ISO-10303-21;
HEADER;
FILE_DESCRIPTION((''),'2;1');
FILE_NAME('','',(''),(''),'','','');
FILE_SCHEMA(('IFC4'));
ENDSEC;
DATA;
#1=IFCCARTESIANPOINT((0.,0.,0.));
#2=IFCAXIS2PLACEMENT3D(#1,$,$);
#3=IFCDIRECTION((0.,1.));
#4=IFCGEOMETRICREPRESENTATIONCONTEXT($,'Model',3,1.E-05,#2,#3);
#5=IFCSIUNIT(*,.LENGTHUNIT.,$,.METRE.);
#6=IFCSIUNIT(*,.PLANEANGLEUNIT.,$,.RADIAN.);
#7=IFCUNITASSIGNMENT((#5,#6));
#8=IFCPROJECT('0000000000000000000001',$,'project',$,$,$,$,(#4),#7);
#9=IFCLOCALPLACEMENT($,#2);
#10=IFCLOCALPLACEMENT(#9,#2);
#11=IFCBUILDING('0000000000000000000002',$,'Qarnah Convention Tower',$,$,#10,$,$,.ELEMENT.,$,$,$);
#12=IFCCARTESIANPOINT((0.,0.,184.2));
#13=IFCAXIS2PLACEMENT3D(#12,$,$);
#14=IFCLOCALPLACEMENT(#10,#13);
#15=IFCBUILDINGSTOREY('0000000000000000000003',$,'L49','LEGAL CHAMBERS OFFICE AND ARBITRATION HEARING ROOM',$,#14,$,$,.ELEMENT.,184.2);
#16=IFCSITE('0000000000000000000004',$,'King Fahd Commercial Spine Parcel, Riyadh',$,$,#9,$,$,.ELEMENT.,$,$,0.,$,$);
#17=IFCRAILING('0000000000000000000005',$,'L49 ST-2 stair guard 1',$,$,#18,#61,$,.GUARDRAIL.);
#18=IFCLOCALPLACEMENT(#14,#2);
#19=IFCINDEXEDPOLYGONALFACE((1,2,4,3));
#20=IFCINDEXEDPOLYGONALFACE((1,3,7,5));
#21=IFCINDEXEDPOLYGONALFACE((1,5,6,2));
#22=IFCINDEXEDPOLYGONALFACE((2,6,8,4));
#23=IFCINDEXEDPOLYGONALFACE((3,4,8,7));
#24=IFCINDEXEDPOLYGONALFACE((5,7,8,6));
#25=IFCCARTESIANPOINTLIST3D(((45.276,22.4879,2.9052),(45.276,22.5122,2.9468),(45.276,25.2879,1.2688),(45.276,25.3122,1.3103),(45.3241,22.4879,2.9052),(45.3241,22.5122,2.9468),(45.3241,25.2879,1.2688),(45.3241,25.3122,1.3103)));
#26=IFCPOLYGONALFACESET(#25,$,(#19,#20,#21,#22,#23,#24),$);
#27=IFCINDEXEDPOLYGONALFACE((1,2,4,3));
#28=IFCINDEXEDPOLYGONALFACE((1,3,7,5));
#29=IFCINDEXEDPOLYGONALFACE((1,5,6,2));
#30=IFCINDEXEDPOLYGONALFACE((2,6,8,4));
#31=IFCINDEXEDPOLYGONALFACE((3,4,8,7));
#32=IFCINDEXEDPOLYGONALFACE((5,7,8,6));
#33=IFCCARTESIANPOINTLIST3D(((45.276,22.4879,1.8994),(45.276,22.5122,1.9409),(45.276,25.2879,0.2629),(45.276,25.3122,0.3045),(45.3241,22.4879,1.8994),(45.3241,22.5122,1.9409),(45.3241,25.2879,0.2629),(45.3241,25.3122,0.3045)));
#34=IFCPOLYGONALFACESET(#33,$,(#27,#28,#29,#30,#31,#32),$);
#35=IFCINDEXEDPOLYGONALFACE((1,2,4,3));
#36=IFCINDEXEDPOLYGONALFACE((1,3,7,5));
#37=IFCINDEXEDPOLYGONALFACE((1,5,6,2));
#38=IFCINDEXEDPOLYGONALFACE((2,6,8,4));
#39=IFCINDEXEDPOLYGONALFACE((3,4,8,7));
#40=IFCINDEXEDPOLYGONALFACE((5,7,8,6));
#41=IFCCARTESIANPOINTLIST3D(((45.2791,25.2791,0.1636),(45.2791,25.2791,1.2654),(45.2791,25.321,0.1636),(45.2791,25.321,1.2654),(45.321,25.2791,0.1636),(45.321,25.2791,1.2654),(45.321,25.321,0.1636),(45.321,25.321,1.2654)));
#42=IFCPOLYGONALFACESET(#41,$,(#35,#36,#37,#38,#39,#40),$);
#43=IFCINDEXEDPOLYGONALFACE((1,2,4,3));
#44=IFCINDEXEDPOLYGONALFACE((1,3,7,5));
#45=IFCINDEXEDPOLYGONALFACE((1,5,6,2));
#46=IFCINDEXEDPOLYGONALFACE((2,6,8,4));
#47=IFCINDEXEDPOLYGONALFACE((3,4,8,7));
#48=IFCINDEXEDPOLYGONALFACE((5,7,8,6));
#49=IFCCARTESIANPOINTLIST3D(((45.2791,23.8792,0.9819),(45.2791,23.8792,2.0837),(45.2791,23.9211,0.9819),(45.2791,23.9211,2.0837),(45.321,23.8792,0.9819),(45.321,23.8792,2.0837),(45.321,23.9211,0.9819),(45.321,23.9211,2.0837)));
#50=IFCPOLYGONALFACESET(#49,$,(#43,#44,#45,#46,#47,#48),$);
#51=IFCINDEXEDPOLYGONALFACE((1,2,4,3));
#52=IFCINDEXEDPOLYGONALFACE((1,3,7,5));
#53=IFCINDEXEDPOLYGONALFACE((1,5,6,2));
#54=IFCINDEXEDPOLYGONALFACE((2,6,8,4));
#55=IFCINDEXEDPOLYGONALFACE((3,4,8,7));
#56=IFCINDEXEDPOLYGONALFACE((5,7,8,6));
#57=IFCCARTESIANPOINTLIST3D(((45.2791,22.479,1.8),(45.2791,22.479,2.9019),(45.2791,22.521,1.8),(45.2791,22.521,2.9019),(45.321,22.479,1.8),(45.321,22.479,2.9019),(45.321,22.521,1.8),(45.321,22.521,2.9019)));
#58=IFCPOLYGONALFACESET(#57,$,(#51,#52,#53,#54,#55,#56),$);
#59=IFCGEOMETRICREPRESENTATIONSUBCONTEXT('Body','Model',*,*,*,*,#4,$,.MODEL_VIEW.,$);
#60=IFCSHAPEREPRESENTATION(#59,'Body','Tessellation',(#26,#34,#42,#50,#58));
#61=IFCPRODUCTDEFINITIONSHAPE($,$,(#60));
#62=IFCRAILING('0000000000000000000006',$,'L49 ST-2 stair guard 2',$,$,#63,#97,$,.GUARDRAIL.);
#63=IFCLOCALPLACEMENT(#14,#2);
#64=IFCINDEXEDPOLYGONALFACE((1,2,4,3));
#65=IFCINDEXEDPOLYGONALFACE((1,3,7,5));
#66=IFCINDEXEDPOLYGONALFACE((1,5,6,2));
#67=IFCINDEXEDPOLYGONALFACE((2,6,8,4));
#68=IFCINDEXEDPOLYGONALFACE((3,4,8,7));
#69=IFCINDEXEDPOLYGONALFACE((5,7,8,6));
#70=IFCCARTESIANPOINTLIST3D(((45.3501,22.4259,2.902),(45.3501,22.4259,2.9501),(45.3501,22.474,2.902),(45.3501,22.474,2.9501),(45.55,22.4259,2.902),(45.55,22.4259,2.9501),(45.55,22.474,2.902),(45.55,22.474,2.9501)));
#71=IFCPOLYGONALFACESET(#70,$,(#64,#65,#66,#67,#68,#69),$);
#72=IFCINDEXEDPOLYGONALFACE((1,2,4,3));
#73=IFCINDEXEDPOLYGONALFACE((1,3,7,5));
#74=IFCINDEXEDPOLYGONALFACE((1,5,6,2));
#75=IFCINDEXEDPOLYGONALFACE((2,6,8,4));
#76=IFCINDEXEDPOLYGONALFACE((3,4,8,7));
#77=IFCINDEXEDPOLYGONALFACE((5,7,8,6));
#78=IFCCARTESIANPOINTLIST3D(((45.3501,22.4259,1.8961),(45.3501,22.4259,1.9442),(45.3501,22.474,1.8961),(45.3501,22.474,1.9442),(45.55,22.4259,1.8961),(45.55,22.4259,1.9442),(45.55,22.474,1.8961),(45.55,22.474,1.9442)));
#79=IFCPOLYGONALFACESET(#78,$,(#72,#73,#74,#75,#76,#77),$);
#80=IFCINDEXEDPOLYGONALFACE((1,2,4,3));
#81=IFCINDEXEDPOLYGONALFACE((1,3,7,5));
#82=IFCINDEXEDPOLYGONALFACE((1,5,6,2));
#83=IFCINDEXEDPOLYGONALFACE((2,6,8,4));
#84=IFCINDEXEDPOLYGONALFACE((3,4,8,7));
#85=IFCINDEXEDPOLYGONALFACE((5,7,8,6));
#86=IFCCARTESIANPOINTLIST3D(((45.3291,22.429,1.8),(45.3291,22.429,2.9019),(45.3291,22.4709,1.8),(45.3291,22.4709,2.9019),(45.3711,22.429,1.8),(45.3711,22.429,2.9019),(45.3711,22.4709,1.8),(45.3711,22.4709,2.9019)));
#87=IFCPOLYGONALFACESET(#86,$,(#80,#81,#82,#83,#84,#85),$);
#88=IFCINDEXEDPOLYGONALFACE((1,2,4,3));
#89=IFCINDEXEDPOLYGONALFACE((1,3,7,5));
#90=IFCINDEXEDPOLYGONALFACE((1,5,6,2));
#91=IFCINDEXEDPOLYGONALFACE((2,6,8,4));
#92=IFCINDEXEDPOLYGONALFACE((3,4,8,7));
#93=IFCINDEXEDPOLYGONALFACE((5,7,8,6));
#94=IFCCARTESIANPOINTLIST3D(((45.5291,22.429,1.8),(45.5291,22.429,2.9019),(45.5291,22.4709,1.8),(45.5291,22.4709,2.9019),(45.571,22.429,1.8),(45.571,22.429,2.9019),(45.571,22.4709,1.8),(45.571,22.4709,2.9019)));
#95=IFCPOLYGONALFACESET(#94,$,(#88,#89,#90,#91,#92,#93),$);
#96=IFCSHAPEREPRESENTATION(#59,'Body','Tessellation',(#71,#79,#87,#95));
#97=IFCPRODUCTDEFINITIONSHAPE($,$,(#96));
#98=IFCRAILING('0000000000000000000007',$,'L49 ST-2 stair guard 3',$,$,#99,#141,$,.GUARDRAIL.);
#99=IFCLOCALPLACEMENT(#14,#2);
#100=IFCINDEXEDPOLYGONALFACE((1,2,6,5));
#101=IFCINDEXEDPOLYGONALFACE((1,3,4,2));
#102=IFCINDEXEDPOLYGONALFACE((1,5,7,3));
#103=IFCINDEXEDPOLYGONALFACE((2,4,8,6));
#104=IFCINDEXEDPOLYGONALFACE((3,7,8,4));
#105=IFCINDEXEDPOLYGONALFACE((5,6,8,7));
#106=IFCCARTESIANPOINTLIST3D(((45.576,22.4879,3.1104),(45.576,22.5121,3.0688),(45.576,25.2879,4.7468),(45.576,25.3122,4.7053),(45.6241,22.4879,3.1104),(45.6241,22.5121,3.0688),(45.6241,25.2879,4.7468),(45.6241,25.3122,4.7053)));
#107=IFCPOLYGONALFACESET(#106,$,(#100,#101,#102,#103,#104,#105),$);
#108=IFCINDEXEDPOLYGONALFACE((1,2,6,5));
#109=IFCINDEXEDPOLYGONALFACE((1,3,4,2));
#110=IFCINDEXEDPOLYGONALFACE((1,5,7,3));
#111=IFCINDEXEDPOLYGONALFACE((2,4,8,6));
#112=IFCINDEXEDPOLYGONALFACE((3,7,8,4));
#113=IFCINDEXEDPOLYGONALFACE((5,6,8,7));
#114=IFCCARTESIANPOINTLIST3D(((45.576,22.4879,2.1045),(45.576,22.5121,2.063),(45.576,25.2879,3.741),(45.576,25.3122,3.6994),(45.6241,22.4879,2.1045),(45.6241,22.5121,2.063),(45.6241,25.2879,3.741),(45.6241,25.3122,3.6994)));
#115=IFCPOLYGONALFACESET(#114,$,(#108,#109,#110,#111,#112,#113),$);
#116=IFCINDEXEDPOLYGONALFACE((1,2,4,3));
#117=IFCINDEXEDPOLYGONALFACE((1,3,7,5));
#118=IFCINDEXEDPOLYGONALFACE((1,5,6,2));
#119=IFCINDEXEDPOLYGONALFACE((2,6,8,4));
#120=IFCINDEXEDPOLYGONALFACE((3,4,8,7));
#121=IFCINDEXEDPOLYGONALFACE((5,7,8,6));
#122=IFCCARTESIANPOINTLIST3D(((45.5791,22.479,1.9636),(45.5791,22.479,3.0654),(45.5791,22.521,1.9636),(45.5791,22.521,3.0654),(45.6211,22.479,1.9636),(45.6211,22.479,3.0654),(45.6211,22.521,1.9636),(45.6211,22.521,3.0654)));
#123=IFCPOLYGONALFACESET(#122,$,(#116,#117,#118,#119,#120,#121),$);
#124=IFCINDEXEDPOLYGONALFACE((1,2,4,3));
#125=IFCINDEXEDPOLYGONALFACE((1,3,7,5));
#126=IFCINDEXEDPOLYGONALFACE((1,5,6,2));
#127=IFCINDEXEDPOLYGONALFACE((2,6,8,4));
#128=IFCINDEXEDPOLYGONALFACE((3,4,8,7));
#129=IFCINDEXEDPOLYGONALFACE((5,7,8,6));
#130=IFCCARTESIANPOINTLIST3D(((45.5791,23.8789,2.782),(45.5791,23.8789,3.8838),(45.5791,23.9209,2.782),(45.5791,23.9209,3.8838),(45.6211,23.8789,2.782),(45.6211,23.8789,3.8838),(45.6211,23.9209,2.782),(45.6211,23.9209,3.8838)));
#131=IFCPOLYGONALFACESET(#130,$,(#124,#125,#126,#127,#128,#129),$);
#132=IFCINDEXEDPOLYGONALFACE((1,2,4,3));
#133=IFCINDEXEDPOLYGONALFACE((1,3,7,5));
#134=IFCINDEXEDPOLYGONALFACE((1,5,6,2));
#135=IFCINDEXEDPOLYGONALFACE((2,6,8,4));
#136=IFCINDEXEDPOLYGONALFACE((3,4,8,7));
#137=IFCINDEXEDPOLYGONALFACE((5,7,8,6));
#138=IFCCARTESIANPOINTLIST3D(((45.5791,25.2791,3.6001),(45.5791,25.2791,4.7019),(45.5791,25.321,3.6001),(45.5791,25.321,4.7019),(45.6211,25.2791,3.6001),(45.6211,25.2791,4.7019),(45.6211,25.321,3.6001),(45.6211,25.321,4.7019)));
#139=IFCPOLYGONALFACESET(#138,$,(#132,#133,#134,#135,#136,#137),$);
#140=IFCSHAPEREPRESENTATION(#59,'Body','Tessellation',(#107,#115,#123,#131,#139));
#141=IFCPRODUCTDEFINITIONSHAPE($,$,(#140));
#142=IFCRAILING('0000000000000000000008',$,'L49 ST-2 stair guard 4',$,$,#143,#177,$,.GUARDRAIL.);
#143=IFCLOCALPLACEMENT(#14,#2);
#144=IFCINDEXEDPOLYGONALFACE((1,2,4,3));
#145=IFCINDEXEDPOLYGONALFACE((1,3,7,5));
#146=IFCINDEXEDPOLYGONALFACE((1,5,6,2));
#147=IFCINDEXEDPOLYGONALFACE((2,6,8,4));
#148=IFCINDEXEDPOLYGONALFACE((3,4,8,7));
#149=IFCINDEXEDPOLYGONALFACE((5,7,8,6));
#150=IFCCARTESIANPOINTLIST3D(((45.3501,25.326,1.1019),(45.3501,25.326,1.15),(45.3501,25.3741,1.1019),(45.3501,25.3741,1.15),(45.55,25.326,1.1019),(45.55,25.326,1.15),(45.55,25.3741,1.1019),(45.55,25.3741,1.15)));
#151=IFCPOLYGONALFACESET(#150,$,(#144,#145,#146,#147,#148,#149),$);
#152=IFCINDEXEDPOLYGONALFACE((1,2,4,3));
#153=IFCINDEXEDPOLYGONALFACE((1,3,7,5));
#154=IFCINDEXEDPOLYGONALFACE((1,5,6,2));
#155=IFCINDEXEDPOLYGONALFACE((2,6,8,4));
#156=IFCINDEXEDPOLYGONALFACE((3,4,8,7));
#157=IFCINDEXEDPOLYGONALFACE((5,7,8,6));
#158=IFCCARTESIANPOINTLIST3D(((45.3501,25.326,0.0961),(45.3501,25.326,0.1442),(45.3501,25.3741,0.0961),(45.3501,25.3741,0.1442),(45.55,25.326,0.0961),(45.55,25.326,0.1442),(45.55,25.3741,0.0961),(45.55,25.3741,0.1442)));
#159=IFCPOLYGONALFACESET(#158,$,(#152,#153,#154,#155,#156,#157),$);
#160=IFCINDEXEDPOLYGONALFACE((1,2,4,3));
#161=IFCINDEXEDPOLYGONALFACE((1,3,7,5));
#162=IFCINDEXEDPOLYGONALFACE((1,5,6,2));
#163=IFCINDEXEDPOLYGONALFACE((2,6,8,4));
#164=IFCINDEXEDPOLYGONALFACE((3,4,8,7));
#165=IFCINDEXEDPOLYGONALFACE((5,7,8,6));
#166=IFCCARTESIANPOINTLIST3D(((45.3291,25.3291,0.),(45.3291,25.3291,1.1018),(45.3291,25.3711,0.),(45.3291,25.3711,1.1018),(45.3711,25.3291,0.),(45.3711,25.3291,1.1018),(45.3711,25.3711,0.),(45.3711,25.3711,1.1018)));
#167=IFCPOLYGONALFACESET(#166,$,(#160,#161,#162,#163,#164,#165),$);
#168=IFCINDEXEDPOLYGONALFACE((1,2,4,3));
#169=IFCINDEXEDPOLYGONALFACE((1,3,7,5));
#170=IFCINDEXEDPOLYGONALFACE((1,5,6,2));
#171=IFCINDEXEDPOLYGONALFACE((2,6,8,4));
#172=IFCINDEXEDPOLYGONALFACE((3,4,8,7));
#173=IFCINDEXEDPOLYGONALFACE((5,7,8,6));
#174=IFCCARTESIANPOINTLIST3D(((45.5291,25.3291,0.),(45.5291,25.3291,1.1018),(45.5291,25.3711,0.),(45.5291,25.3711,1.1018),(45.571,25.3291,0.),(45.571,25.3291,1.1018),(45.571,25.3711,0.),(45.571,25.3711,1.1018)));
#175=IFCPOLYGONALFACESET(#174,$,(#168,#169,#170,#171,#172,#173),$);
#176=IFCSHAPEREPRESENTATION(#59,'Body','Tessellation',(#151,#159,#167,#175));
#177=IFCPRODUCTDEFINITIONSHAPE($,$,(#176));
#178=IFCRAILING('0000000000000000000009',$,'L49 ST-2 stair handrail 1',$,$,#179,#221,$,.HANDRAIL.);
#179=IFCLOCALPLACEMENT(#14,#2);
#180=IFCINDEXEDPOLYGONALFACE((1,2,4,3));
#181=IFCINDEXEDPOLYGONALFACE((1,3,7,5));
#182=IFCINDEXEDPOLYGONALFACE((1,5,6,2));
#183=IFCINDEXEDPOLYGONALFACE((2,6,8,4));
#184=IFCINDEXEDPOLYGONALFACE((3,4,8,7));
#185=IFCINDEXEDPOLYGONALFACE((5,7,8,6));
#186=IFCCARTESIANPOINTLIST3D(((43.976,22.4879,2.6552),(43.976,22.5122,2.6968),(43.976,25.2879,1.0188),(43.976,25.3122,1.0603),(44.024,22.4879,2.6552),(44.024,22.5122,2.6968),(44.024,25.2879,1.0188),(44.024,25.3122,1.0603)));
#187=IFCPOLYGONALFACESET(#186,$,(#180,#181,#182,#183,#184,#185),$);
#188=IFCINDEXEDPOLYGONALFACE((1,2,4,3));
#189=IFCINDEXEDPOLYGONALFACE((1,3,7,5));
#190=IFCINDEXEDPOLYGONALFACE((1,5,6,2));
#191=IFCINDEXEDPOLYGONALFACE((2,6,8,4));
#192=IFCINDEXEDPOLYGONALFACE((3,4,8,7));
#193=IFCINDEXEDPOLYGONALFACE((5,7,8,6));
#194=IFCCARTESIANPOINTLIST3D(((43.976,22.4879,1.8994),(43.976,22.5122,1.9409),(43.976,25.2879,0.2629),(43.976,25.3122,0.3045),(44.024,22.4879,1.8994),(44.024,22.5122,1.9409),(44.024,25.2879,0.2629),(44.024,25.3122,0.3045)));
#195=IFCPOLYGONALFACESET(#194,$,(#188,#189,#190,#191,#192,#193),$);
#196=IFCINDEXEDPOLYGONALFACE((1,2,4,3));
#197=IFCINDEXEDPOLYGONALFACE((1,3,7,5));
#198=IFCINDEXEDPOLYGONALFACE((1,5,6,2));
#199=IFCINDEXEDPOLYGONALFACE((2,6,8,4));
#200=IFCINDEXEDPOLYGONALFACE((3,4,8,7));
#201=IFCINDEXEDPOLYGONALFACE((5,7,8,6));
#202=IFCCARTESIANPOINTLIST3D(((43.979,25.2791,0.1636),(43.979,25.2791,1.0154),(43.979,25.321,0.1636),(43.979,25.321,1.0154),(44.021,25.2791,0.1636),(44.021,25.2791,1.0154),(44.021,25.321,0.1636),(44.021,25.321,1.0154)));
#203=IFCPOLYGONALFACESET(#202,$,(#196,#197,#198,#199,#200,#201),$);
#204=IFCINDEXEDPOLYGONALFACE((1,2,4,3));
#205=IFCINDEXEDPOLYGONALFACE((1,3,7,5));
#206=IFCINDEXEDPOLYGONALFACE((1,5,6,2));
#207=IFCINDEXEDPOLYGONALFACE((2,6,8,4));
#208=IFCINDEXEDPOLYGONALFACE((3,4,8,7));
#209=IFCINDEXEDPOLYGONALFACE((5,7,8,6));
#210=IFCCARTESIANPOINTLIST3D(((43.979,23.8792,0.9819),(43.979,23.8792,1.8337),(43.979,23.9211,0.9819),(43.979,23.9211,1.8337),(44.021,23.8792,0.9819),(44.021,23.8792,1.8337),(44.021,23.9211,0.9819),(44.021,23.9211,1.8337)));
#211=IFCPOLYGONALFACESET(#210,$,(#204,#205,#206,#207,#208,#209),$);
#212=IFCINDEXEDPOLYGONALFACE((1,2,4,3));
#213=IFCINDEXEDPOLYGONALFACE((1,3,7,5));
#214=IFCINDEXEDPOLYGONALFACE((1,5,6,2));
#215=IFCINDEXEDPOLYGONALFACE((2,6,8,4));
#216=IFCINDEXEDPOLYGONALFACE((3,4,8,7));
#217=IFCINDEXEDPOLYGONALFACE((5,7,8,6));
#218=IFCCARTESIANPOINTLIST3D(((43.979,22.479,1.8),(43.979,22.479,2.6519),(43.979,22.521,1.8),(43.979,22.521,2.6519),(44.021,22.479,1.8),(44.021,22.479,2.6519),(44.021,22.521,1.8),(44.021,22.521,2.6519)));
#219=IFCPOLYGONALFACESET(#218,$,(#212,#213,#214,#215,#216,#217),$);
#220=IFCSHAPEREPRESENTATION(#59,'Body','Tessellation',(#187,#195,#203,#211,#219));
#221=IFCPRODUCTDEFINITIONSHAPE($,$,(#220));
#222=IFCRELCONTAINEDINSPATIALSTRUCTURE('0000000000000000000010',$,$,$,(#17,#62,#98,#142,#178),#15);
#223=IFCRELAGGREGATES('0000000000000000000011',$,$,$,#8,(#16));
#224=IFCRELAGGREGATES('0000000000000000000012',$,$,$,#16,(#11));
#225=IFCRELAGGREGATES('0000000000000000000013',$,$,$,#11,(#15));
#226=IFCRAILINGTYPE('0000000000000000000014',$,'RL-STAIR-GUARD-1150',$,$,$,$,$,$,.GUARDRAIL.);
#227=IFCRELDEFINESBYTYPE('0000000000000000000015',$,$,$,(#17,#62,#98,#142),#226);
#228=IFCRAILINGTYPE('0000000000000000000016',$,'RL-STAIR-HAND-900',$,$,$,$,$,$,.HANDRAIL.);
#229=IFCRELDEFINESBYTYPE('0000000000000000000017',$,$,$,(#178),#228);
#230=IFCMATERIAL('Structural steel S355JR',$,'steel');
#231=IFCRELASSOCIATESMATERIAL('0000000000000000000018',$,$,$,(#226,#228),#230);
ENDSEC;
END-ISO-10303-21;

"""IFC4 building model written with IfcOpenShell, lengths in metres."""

from ifc_helpers import new_model, si_unit, direction, frame, origin, origin_2d, place, context, subcontext, project, spatial, rectangle, extrude, material, type_object, element, save


model = new_model("IFC4")

# Units and contexts
model_context = context("Model", 3, precision=1e-05, world=origin(), true_north=direction((0.0, 1.0)))
body_context = subcontext(model_context, "Body", "Model", "MODEL_VIEW")
ifc_project = project(units=[si_unit("LENGTHUNIT", "METRE"), si_unit("PLANEANGLEUNIT", "RADIAN")], contexts=[model_context])

# Site, building, storey
site_placement = place(None, origin())
site = spatial("IfcSite", under=ifc_project, at=site_placement, Name="King Fahd Commercial Spine Parcel, Riyadh", CompositionType="ELEMENT", RefElevation=0.0)
building_placement = place(site_placement, origin())
building = spatial("IfcBuilding", under=site, at=building_placement, Name="Qarnah Convention Tower", CompositionType="ELEMENT")
storey_placement = place(building_placement, frame((0.0, 0.0, 184.2)))
storey = spatial("IfcBuildingStorey", under=building, at=storey_placement, Name="L49", Description="LEGAL CHAMBERS OFFICE AND ARBITRATION HEARING ROOM", CompositionType="ELEMENT", Elevation=184.2)

# Shared definitions
ifc_material_1 = material(Name="Structural steel S355JR", Category="steel")

# Railings
railing_type_1 = type_object("IfcRailingType", Name="RL-STAIR-GUARD-1150", PredefinedType="GUARDRAIL", material=ifc_material_1)
railing_1_placement = place(storey_placement, frame((45.3, 25.3, 0.1636)))
element("IfcRailing", 1, at=railing_1_placement, inside=storey, type_object=railing_type_1, Name="L49 ST-2 stair guard 1", PredefinedType="GUARDRAIL", context=body_context, shape_type="SweptSolid", body=[
    extrude(rectangle(XDim=0.0481, YDim=0.0481, at=origin_2d()), frame((0.0, 0.0, 1.126), z_axis=(0.0, -0.863361, 0.504587), x_axis=(1.0, 0.0, 0.0)), (0.0, 0.0, 1.0), 3.2432),
    extrude(rectangle(XDim=0.0481, YDim=0.0481, at=origin_2d()), frame((0.0, 0.0, 0.1201), z_axis=(0.0, -0.863361, 0.504587), x_axis=(1.0, 0.0, 0.0)), (0.0, 0.0, 1.0), 3.2432),
    extrude(rectangle(XDim=0.042, YDim=0.042, at=origin_2d()), origin(), (0.0, 0.0, 1.0), 1.1018),
    extrude(rectangle(XDim=0.042, YDim=0.042, at=origin_2d()), frame((0.0, -1.3999, 0.8184)), (0.0, 0.0, 1.0), 1.1018),
    extrude(rectangle(XDim=0.042, YDim=0.042, at=origin_2d()), frame((0.0, -2.8, 1.6365)), (0.0, 0.0, 1.0), 1.1018),
])
railing_2_placement = place(storey_placement, frame((45.3501, 22.45, 1.8)))
element("IfcRailing", 2, at=railing_2_placement, inside=storey, type_object=railing_type_1, Name="L49 ST-2 stair guard 2", PredefinedType="GUARDRAIL", context=body_context, shape_type="SweptSolid", body=[
    extrude(rectangle(XDim=0.0481, YDim=0.0481, at=origin_2d()), frame((0.0, 0.0, 1.126), z_axis=(1.0, 0.0, 0.0), x_axis=(0.0, 1.0, 0.0)), (0.0, 0.0, 1.0), 0.2),
    extrude(rectangle(XDim=0.0481, YDim=0.0481, at=origin_2d()), frame((0.0, 0.0, 0.1201), z_axis=(1.0, 0.0, 0.0), x_axis=(0.0, 1.0, 0.0)), (0.0, 0.0, 1.0), 0.2),
    extrude(rectangle(XDim=0.042, YDim=0.042, at=origin_2d()), origin(), (0.0, 0.0, 1.0), 1.1018),
    extrude(rectangle(XDim=0.042, YDim=0.042, at=origin_2d()), frame((0.2, 0.0, 0.0)), (0.0, 0.0, 1.0), 1.1018),
])
railing_3_placement = place(storey_placement, frame((45.6001, 22.5, 1.9636)))
element("IfcRailing", 3, at=railing_3_placement, inside=storey, type_object=railing_type_1, Name="L49 ST-2 stair guard 3", PredefinedType="GUARDRAIL", context=body_context, shape_type="SweptSolid", body=[
    extrude(rectangle(XDim=0.0481, YDim=0.0481, at=origin_2d()), frame((0.0, 0.0, 1.126), z_axis=(0.0, 0.863361, 0.504587), x_axis=(-1.0, 0.0, 0.0)), (0.0, 0.0, 1.0), 3.2432),
    extrude(rectangle(XDim=0.0481, YDim=0.0481, at=origin_2d()), frame((0.0, 0.0, 0.1201), z_axis=(0.0, 0.863361, 0.504587), x_axis=(-1.0, 0.0, 0.0)), (0.0, 0.0, 1.0), 3.2432),
    extrude(rectangle(XDim=0.042, YDim=0.042, at=origin_2d()), origin(), (0.0, 0.0, 1.0), 1.1018),
    extrude(rectangle(XDim=0.042, YDim=0.042, at=origin_2d()), frame((0.0, 1.3999, 0.8184)), (0.0, 0.0, 1.0), 1.1018),
    extrude(rectangle(XDim=0.042, YDim=0.042, at=origin_2d()), frame((0.0, 2.8, 1.6365)), (0.0, 0.0, 1.0), 1.1018),
])
railing_4_placement = place(storey_placement, frame((45.3501, 25.3501, 0.0)))
element("IfcRailing", 4, at=railing_4_placement, inside=storey, type_object=railing_type_1, Name="L49 ST-2 stair guard 4", PredefinedType="GUARDRAIL", context=body_context, shape_type="SweptSolid", body=[
    extrude(rectangle(XDim=0.0481, YDim=0.0481, at=origin_2d()), frame((0.0, 0.0, 1.126), z_axis=(1.0, 0.0, 0.0), x_axis=(0.0, 1.0, 0.0)), (0.0, 0.0, 1.0), 0.2),
    extrude(rectangle(XDim=0.0481, YDim=0.0481, at=origin_2d()), frame((0.0, 0.0, 0.1201), z_axis=(1.0, 0.0, 0.0), x_axis=(0.0, 1.0, 0.0)), (0.0, 0.0, 1.0), 0.2),
    extrude(rectangle(XDim=0.042, YDim=0.042, at=origin_2d()), origin(), (0.0, 0.0, 1.0), 1.1018),
    extrude(rectangle(XDim=0.042, YDim=0.042, at=origin_2d()), frame((0.2, 0.0, 0.0)), (0.0, 0.0, 1.0), 1.1018),
])
railing_type_2 = type_object("IfcRailingType", Name="RL-STAIR-HAND-900", PredefinedType="HANDRAIL", material=ifc_material_1)
railing_5_placement = place(storey_placement, frame((44.0, 25.3, 0.1636)))
element("IfcRailing", 5, at=railing_5_placement, inside=storey, type_object=railing_type_2, Name="L49 ST-2 stair handrail 1", PredefinedType="HANDRAIL", context=body_context, shape_type="SweptSolid", body=[
    extrude(rectangle(XDim=0.0481, YDim=0.0481, at=origin_2d()), frame((0.0, 0.0, 0.876), z_axis=(0.0, -0.863361, 0.504587), x_axis=(1.0, 0.0, 0.0)), (0.0, 0.0, 1.0), 3.2432),
    extrude(rectangle(XDim=0.0481, YDim=0.0481, at=origin_2d()), frame((0.0, 0.0, 0.1201), z_axis=(0.0, -0.863361, 0.504587), x_axis=(1.0, 0.0, 0.0)), (0.0, 0.0, 1.0), 3.2432),
    extrude(rectangle(XDim=0.042, YDim=0.042, at=origin_2d()), origin(), (0.0, 0.0, 1.0), 0.8518),
    extrude(rectangle(XDim=0.042, YDim=0.042, at=origin_2d()), frame((0.0, -1.3999, 0.8184)), (0.0, 0.0, 1.0), 0.8518),
    extrude(rectangle(XDim=0.042, YDim=0.042, at=origin_2d()), frame((0.0, -2.8, 1.6365)), (0.0, 0.0, 1.0), 0.8518),
])

save(model, "model.ifc")
